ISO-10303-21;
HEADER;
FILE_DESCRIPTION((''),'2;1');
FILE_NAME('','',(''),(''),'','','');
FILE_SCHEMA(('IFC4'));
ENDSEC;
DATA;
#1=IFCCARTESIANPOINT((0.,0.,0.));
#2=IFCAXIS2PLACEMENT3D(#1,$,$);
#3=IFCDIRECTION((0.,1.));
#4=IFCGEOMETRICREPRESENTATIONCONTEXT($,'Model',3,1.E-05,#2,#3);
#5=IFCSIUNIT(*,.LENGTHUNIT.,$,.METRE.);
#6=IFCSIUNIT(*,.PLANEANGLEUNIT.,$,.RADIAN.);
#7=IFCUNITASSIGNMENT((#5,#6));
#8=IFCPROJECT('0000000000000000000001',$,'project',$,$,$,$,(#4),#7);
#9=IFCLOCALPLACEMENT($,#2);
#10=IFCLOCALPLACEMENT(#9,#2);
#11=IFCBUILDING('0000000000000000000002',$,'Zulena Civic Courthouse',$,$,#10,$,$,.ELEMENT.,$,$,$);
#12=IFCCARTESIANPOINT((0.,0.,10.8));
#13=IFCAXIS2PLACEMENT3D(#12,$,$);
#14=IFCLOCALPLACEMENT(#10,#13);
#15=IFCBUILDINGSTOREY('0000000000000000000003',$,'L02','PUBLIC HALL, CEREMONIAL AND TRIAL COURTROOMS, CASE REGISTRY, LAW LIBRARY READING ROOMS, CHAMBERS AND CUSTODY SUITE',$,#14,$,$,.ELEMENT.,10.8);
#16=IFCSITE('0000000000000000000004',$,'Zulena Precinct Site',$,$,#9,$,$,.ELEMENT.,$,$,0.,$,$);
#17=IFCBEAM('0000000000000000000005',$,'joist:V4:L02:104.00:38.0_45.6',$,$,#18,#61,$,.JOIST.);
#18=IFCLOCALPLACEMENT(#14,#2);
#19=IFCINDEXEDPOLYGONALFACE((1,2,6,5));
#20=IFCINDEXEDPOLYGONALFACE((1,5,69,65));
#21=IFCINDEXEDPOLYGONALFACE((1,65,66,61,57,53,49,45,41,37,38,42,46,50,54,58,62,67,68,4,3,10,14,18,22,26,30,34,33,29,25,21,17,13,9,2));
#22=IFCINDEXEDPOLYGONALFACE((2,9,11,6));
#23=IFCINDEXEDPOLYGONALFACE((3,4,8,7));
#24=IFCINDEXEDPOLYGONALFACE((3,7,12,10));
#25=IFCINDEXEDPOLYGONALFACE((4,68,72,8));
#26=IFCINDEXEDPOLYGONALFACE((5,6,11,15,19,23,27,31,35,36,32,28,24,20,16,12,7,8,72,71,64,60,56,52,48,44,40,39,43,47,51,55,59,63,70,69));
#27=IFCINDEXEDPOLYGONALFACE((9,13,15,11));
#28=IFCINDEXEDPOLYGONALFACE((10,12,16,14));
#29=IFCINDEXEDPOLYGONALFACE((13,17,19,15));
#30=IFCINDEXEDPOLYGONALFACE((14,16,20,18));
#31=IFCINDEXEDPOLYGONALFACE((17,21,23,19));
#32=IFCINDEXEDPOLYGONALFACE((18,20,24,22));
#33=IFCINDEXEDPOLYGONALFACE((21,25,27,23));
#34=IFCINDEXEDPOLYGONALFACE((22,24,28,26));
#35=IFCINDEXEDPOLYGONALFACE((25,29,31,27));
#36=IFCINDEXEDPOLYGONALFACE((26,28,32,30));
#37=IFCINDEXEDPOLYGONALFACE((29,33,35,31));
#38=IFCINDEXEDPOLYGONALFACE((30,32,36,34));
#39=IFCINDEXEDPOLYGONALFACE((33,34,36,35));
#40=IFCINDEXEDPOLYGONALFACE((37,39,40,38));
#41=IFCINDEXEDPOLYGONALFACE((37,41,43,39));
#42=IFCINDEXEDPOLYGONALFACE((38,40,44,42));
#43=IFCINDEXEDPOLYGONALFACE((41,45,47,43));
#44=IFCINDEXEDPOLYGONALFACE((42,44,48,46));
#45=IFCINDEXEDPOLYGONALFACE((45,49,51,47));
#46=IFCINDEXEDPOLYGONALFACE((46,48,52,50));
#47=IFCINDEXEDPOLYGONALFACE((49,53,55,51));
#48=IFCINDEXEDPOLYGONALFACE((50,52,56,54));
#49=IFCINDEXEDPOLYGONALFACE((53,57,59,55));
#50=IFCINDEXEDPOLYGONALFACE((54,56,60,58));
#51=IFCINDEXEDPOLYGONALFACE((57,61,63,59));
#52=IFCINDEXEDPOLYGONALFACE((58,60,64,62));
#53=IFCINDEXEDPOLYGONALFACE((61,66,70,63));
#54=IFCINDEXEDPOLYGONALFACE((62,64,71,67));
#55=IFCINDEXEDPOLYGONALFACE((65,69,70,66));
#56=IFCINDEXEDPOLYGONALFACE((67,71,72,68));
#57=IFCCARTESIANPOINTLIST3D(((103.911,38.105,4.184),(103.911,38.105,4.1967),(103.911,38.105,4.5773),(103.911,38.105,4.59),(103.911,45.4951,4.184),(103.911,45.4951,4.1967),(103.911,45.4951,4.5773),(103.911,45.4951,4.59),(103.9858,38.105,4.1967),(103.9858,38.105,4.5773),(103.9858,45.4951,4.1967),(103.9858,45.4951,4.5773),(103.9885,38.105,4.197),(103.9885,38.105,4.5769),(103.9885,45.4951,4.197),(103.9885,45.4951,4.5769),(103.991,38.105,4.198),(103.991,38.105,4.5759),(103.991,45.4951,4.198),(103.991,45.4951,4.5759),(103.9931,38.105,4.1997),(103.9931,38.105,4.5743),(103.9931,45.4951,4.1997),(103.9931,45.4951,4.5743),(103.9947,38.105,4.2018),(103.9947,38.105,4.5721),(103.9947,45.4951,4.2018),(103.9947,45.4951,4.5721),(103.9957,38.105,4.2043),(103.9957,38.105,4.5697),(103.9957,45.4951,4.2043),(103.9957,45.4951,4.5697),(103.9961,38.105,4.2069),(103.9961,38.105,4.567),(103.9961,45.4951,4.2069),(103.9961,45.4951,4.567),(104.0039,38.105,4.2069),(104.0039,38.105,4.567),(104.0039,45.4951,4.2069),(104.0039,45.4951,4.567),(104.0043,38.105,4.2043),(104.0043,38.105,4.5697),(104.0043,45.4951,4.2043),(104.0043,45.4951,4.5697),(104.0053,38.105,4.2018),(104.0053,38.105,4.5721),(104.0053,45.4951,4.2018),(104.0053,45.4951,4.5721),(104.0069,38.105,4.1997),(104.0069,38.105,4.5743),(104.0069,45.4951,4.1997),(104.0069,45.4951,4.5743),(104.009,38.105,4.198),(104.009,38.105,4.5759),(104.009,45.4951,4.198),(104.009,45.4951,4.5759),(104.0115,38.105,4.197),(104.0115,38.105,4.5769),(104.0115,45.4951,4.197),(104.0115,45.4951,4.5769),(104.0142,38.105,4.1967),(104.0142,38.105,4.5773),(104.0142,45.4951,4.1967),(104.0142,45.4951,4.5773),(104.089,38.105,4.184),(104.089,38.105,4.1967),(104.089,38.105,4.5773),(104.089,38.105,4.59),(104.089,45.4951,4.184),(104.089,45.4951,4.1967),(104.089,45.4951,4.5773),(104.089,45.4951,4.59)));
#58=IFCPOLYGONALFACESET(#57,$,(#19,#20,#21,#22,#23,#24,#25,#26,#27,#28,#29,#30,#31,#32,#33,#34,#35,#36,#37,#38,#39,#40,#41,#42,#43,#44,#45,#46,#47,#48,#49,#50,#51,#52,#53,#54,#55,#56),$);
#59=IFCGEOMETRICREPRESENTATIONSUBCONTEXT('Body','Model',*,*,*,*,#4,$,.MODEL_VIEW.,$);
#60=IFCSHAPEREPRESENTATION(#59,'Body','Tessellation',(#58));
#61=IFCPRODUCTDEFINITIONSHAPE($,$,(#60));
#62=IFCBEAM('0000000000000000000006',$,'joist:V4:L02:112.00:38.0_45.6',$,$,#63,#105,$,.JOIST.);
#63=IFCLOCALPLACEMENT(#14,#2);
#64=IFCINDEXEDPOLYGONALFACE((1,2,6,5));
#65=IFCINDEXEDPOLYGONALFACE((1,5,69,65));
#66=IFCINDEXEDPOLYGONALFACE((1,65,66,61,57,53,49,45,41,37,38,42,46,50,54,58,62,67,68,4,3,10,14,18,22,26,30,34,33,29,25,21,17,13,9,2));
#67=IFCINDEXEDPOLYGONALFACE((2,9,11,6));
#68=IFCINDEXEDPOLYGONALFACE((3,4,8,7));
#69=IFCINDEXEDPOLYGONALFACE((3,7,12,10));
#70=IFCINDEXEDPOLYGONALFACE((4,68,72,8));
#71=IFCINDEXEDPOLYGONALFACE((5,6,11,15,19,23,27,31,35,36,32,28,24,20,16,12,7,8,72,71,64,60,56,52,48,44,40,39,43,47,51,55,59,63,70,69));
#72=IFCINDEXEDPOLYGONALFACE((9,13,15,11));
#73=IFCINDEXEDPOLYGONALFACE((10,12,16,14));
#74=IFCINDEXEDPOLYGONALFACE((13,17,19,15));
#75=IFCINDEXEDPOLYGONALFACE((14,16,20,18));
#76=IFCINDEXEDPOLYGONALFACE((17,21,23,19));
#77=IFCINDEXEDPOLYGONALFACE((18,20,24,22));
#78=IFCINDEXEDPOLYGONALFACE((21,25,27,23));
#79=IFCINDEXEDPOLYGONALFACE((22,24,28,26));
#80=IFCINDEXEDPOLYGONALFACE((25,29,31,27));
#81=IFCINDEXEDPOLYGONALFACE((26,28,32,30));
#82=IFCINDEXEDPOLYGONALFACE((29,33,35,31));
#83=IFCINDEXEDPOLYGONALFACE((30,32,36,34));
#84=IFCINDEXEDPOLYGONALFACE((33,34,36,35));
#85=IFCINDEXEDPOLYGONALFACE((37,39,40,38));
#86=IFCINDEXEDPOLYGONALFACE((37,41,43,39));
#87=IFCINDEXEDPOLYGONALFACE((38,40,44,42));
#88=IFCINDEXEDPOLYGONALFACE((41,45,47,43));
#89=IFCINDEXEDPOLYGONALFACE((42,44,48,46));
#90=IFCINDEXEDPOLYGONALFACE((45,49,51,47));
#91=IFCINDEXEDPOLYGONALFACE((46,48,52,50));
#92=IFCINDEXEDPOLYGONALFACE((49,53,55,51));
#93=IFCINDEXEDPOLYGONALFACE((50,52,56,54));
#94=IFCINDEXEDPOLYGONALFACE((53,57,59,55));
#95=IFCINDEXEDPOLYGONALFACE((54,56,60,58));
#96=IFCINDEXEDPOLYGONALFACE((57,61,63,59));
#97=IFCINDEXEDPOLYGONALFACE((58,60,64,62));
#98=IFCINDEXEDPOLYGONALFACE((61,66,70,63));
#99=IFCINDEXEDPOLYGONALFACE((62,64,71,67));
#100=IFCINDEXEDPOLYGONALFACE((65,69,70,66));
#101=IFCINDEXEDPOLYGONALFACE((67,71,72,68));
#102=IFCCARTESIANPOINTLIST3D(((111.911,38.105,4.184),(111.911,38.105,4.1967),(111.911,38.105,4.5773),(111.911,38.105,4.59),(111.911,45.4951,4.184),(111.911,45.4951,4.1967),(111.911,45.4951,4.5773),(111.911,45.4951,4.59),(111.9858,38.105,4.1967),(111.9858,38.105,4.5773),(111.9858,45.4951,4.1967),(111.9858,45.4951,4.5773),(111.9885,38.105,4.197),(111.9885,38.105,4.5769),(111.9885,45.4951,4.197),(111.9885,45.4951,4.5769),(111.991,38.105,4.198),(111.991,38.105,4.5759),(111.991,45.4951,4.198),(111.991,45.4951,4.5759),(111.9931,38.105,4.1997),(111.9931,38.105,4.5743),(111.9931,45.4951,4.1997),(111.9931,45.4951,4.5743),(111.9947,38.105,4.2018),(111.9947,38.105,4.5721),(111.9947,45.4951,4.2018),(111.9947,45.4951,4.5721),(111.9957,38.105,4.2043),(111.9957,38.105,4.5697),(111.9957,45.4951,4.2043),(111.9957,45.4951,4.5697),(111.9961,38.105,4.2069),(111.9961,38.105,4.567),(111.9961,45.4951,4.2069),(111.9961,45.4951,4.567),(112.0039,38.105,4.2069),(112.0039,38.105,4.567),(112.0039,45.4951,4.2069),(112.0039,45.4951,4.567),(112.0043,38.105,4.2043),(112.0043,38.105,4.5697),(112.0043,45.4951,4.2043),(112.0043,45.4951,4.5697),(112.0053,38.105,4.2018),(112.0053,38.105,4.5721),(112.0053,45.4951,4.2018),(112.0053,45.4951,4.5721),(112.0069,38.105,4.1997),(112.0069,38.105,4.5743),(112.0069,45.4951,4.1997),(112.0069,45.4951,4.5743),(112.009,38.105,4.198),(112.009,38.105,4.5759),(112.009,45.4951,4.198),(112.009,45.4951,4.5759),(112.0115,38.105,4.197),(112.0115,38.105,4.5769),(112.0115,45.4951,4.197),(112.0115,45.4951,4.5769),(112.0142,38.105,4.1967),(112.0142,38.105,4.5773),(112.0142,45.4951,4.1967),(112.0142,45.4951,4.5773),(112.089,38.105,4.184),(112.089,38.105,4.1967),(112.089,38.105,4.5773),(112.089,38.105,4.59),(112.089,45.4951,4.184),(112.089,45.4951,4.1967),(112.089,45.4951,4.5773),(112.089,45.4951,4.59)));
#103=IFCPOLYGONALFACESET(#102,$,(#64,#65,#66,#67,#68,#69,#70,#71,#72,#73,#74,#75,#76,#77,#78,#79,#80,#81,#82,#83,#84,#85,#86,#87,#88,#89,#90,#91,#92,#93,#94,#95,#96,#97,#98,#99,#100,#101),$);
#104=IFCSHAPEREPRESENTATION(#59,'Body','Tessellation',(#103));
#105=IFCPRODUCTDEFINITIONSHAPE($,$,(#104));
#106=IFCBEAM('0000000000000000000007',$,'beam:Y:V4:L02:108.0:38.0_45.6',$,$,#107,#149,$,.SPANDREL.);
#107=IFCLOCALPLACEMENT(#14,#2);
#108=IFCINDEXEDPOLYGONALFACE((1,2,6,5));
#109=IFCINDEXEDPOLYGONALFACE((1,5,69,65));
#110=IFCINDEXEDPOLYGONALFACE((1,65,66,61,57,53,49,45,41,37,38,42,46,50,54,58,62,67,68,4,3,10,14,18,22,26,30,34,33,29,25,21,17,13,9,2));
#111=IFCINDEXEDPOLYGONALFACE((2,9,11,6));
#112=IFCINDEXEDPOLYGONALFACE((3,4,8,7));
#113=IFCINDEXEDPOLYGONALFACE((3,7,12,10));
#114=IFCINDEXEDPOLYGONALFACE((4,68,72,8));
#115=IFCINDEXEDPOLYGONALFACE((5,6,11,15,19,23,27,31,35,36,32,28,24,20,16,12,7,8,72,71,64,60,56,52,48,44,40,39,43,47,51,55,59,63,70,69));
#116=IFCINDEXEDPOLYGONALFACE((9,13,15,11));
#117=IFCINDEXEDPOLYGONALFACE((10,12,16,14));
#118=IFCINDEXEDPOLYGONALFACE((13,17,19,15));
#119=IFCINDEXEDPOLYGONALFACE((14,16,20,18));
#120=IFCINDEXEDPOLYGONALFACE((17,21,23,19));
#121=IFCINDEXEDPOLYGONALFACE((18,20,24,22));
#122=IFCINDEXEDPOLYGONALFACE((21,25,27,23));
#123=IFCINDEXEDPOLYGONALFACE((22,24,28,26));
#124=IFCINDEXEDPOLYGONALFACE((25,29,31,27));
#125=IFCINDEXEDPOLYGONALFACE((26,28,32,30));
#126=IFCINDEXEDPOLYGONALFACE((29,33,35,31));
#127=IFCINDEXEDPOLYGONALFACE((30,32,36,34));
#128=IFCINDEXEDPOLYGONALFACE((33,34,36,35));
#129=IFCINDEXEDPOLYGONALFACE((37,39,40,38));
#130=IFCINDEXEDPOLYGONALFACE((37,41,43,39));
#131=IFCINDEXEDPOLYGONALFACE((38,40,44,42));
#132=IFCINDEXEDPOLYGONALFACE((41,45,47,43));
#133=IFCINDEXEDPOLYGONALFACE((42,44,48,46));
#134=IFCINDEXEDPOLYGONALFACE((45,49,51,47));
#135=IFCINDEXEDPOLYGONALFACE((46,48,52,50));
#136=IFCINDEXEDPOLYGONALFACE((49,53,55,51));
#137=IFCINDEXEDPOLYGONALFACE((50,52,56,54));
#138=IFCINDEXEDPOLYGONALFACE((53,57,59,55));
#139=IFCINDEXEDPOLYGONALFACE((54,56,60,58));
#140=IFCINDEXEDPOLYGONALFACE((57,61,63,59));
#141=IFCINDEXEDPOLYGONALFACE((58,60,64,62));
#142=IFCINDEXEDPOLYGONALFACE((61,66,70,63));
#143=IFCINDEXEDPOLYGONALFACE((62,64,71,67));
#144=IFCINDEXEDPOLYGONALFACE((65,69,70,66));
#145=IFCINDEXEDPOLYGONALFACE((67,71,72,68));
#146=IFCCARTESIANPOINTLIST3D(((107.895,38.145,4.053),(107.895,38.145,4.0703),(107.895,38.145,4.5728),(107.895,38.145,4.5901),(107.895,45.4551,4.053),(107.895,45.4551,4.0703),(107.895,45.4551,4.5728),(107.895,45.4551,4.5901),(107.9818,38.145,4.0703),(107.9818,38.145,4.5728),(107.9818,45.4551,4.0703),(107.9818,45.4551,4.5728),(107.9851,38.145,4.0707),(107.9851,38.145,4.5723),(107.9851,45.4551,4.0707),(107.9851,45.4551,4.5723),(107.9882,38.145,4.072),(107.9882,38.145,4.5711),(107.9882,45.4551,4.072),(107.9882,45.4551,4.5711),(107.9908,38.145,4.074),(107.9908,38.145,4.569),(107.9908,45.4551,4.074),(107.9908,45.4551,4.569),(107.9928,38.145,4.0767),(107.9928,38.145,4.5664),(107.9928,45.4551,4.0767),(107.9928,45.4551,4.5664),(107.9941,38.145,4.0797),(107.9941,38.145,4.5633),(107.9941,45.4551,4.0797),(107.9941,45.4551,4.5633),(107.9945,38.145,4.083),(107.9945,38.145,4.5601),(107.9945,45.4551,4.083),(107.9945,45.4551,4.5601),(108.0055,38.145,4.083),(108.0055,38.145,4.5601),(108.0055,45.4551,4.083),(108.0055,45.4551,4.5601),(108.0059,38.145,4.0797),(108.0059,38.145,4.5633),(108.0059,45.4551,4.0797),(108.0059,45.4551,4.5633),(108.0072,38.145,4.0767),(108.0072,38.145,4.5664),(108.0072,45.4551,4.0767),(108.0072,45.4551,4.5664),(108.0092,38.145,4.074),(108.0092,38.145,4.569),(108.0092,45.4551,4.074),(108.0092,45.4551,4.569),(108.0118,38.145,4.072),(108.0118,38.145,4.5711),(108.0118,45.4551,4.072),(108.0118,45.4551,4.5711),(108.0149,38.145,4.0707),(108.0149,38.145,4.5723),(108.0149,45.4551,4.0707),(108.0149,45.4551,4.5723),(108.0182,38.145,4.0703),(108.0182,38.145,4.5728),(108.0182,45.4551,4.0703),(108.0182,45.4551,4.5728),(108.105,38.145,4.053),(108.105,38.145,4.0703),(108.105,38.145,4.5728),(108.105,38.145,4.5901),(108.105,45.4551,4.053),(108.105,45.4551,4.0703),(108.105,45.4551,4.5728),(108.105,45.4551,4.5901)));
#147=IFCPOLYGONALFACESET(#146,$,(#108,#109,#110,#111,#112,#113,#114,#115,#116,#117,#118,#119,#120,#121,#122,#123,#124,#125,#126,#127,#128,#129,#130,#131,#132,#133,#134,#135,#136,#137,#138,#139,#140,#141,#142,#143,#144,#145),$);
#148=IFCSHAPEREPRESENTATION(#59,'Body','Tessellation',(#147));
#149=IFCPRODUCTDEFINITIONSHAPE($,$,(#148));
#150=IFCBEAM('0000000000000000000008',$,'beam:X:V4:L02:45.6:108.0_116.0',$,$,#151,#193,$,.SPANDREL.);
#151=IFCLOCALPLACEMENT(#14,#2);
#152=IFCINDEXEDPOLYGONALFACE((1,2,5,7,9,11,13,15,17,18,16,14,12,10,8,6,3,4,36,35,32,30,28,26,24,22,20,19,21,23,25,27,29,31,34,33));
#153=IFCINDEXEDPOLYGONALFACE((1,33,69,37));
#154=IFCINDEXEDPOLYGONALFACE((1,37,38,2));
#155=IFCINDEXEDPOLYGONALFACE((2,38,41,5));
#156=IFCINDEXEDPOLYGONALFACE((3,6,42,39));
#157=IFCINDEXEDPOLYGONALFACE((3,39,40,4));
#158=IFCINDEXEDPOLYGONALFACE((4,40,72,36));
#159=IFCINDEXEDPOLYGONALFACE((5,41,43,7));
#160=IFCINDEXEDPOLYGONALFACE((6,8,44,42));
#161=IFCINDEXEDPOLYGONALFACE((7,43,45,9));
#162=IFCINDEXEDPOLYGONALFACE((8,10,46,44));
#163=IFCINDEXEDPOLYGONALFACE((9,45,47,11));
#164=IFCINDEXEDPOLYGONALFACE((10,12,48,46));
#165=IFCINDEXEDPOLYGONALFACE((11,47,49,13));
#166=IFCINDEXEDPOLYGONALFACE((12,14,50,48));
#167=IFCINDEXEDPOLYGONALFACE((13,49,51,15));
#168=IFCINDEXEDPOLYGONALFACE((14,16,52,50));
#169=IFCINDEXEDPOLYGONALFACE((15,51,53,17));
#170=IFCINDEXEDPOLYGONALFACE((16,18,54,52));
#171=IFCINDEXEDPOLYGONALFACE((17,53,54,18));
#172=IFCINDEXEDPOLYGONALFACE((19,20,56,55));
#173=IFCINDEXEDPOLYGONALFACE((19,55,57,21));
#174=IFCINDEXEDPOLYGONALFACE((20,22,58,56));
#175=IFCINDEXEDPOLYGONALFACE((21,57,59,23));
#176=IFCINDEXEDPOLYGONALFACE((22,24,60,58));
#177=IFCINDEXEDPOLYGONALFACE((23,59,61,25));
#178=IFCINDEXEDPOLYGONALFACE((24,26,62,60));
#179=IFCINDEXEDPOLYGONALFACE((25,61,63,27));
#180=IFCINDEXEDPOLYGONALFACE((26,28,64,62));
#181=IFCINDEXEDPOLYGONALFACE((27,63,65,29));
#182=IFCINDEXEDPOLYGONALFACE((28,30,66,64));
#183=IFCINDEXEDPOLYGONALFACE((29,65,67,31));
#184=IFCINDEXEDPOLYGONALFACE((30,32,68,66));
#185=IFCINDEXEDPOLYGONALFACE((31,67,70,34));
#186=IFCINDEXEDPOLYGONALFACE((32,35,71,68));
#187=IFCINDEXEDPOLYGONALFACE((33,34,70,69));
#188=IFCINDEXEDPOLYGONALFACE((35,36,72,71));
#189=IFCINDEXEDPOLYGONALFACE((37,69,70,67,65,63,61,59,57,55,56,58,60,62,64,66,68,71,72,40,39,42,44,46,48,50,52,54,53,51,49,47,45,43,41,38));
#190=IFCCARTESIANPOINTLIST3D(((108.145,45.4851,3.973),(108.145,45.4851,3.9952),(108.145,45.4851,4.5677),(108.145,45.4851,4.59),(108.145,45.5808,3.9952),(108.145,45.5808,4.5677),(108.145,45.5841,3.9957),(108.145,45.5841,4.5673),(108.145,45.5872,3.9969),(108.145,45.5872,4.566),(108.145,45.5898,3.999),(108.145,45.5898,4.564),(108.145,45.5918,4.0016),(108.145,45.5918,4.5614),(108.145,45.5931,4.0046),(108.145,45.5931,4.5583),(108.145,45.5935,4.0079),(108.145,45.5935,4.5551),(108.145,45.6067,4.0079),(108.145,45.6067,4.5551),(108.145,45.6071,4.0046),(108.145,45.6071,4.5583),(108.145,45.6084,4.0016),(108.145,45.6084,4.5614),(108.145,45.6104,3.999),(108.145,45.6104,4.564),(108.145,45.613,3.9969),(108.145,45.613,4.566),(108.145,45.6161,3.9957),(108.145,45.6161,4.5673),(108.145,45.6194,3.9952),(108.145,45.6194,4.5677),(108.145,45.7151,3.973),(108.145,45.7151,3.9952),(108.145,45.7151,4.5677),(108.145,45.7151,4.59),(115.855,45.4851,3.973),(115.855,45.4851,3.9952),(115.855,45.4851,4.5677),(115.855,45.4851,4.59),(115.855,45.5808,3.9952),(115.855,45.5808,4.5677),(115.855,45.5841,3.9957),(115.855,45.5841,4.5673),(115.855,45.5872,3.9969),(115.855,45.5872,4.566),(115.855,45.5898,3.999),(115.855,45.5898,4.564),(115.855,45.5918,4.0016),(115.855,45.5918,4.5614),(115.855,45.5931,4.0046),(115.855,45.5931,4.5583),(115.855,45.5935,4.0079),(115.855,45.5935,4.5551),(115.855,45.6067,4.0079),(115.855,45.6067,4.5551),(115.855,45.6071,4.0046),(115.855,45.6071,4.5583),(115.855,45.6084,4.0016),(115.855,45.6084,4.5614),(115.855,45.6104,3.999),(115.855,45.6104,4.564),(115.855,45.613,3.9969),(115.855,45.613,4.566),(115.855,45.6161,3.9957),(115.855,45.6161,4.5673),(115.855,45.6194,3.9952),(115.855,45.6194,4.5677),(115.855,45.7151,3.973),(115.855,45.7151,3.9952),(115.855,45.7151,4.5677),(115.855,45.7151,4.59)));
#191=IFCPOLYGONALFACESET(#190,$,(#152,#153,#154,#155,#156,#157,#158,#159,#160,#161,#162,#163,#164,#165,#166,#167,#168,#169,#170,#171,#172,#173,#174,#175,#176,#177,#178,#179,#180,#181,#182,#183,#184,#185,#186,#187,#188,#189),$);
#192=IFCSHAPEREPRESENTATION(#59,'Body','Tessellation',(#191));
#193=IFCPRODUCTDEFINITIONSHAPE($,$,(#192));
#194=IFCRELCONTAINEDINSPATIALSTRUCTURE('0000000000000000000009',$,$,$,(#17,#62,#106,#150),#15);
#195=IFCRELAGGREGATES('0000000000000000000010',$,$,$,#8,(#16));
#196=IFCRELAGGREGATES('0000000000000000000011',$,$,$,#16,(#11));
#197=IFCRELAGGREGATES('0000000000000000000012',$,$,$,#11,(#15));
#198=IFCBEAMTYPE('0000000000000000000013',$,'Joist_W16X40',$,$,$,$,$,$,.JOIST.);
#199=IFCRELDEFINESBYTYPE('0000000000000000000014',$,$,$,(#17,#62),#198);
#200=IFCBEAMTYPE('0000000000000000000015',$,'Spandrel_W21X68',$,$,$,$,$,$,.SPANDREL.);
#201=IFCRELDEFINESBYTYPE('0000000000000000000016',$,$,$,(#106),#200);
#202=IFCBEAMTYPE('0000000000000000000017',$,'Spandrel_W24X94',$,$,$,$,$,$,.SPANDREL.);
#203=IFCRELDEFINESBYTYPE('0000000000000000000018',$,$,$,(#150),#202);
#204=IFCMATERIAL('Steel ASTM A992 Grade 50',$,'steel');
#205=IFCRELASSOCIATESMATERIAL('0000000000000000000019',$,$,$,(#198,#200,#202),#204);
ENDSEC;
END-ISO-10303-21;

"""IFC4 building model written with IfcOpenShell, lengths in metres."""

from ifc_helpers import new_model, si_unit, direction, frame, origin, origin_2d, place, context, subcontext, project, spatial, i_section, extrude, material, material_profile, profile_set, type_object, element, save


model = new_model("IFC4")

# Units and contexts
model_context = context("Model", 3, precision=1e-05, world=origin(), true_north=direction((0.0, 1.0)))
body_context = subcontext(model_context, "Body", "Model", "MODEL_VIEW")
ifc_project = project(units=[si_unit("LENGTHUNIT", "METRE"), si_unit("PLANEANGLEUNIT", "RADIAN")], contexts=[model_context])

# Site, building, storey
site_placement = place(None, origin())
site = spatial("IfcSite", under=ifc_project, at=site_placement, Name="Zulena Precinct Site", CompositionType="ELEMENT", RefElevation=0.0)
building_placement = place(site_placement, origin())
building = spatial("IfcBuilding", under=site, at=building_placement, Name="Zulena Civic Courthouse", CompositionType="ELEMENT")
storey_placement = place(building_placement, frame((0.0, 0.0, 10.8)))
storey = spatial("IfcBuildingStorey", under=building, at=storey_placement, Name="L02", Description="PUBLIC HALL, CEREMONIAL AND TRIAL COURTROOMS, CASE REGISTRY, LAW LIBRARY READING ROOMS, CHAMBERS AND CUSTODY SUITE", CompositionType="ELEMENT", Elevation=10.8)

# Shared definitions
ifc_material_1 = material(Name="Steel ASTM A992 Grade 50", Category="steel")

# Beams
ifc_material_profile_1 = material_profile(ifc_material_1, i_section(OverallWidth=0.178, OverallDepth=0.406, WebThickness=0.0078, FlangeThickness=0.0127, FilletRadius=0.0103, at=origin_2d()), Name="W16X40")
ifc_profile_set_1 = profile_set([ifc_material_profile_1], Name="Steel ASTM A992 Grade 50")
beam_type_1 = type_object("IfcBeamType", Name="Joist_W16X40", PredefinedType="JOIST", material=ifc_profile_set_1)
for number, where, z_axis, x_axis, name in (
    (1, (104.0, 38.105, 4.387), (0.0, 1.0, 0.0), (-1.0, 0.0, 0.0), "joist:V4:L02:104.00:38.0_45.6"),
    (2, (112.0, 38.105, 4.387), (0.0, 1.0, 0.0), (-1.0, 0.0, 0.0), "joist:V4:L02:112.00:38.0_45.6"),
):
    element("IfcBeam", number, at=place(storey_placement, frame(where, z_axis=z_axis, x_axis=x_axis)), inside=storey, type_object=beam_type_1, Name=name, PredefinedType="JOIST", context=body_context, shape_type="SweptSolid", body=[
        extrude(i_section(OverallWidth=0.178, OverallDepth=0.406, WebThickness=0.0078, FlangeThickness=0.0127, FilletRadius=0.0103, at=origin_2d()), origin(), (0.0, 0.0, 1.0), 7.3901),
    ])
ifc_material_profile_2 = material_profile(ifc_material_1, i_section(OverallWidth=0.21, OverallDepth=0.5371, WebThickness=0.011, FlangeThickness=0.0173, FilletRadius=0.0127, at=origin_2d()), Name="W21X68")
ifc_profile_set_2 = profile_set([ifc_material_profile_2], Name="Steel ASTM A992 Grade 50")
beam_type_2 = type_object("IfcBeamType", Name="Spandrel_W21X68", PredefinedType="SPANDREL", material=ifc_profile_set_2)
beam_1_placement = place(storey_placement, frame((108.0, 38.145, 4.3215), z_axis=(0.0, 1.0, 0.0), x_axis=(-1.0, 0.0, 0.0)))
element("IfcBeam", 3, at=beam_1_placement, inside=storey, type_object=beam_type_2, Name="beam:Y:V4:L02:108.0:38.0_45.6", PredefinedType="SPANDREL", context=body_context, shape_type="SweptSolid", body=[
    extrude(i_section(OverallWidth=0.21, OverallDepth=0.5371, WebThickness=0.011, FlangeThickness=0.0173, FilletRadius=0.0127, at=origin_2d()), origin(), (0.0, 0.0, 1.0), 7.3101),
])
ifc_material_profile_3 = material_profile(ifc_material_1, i_section(OverallWidth=0.23, OverallDepth=0.6169, WebThickness=0.0132, FlangeThickness=0.0222, FilletRadius=0.0127, at=origin_2d()), Name="W24X94")
ifc_profile_set_3 = profile_set([ifc_material_profile_3], Name="Steel ASTM A992 Grade 50")
beam_type_3 = type_object("IfcBeamType", Name="Spandrel_W24X94", PredefinedType="SPANDREL", material=ifc_profile_set_3)
beam_2_placement = place(storey_placement, frame((108.145, 45.6001, 4.2815), z_axis=(1.0, 0.0, 0.0), x_axis=(0.0, 1.0, 0.0)))
element("IfcBeam", 4, at=beam_2_placement, inside=storey, type_object=beam_type_3, Name="beam:X:V4:L02:45.6:108.0_116.0", PredefinedType="SPANDREL", context=body_context, shape_type="SweptSolid", body=[
    extrude(i_section(OverallWidth=0.23, OverallDepth=0.6169, WebThickness=0.0132, FlangeThickness=0.0222, FilletRadius=0.0127, at=origin_2d()), origin(), (0.0, 0.0, 1.0), 7.71),
])

save(model, "model.ifc")
